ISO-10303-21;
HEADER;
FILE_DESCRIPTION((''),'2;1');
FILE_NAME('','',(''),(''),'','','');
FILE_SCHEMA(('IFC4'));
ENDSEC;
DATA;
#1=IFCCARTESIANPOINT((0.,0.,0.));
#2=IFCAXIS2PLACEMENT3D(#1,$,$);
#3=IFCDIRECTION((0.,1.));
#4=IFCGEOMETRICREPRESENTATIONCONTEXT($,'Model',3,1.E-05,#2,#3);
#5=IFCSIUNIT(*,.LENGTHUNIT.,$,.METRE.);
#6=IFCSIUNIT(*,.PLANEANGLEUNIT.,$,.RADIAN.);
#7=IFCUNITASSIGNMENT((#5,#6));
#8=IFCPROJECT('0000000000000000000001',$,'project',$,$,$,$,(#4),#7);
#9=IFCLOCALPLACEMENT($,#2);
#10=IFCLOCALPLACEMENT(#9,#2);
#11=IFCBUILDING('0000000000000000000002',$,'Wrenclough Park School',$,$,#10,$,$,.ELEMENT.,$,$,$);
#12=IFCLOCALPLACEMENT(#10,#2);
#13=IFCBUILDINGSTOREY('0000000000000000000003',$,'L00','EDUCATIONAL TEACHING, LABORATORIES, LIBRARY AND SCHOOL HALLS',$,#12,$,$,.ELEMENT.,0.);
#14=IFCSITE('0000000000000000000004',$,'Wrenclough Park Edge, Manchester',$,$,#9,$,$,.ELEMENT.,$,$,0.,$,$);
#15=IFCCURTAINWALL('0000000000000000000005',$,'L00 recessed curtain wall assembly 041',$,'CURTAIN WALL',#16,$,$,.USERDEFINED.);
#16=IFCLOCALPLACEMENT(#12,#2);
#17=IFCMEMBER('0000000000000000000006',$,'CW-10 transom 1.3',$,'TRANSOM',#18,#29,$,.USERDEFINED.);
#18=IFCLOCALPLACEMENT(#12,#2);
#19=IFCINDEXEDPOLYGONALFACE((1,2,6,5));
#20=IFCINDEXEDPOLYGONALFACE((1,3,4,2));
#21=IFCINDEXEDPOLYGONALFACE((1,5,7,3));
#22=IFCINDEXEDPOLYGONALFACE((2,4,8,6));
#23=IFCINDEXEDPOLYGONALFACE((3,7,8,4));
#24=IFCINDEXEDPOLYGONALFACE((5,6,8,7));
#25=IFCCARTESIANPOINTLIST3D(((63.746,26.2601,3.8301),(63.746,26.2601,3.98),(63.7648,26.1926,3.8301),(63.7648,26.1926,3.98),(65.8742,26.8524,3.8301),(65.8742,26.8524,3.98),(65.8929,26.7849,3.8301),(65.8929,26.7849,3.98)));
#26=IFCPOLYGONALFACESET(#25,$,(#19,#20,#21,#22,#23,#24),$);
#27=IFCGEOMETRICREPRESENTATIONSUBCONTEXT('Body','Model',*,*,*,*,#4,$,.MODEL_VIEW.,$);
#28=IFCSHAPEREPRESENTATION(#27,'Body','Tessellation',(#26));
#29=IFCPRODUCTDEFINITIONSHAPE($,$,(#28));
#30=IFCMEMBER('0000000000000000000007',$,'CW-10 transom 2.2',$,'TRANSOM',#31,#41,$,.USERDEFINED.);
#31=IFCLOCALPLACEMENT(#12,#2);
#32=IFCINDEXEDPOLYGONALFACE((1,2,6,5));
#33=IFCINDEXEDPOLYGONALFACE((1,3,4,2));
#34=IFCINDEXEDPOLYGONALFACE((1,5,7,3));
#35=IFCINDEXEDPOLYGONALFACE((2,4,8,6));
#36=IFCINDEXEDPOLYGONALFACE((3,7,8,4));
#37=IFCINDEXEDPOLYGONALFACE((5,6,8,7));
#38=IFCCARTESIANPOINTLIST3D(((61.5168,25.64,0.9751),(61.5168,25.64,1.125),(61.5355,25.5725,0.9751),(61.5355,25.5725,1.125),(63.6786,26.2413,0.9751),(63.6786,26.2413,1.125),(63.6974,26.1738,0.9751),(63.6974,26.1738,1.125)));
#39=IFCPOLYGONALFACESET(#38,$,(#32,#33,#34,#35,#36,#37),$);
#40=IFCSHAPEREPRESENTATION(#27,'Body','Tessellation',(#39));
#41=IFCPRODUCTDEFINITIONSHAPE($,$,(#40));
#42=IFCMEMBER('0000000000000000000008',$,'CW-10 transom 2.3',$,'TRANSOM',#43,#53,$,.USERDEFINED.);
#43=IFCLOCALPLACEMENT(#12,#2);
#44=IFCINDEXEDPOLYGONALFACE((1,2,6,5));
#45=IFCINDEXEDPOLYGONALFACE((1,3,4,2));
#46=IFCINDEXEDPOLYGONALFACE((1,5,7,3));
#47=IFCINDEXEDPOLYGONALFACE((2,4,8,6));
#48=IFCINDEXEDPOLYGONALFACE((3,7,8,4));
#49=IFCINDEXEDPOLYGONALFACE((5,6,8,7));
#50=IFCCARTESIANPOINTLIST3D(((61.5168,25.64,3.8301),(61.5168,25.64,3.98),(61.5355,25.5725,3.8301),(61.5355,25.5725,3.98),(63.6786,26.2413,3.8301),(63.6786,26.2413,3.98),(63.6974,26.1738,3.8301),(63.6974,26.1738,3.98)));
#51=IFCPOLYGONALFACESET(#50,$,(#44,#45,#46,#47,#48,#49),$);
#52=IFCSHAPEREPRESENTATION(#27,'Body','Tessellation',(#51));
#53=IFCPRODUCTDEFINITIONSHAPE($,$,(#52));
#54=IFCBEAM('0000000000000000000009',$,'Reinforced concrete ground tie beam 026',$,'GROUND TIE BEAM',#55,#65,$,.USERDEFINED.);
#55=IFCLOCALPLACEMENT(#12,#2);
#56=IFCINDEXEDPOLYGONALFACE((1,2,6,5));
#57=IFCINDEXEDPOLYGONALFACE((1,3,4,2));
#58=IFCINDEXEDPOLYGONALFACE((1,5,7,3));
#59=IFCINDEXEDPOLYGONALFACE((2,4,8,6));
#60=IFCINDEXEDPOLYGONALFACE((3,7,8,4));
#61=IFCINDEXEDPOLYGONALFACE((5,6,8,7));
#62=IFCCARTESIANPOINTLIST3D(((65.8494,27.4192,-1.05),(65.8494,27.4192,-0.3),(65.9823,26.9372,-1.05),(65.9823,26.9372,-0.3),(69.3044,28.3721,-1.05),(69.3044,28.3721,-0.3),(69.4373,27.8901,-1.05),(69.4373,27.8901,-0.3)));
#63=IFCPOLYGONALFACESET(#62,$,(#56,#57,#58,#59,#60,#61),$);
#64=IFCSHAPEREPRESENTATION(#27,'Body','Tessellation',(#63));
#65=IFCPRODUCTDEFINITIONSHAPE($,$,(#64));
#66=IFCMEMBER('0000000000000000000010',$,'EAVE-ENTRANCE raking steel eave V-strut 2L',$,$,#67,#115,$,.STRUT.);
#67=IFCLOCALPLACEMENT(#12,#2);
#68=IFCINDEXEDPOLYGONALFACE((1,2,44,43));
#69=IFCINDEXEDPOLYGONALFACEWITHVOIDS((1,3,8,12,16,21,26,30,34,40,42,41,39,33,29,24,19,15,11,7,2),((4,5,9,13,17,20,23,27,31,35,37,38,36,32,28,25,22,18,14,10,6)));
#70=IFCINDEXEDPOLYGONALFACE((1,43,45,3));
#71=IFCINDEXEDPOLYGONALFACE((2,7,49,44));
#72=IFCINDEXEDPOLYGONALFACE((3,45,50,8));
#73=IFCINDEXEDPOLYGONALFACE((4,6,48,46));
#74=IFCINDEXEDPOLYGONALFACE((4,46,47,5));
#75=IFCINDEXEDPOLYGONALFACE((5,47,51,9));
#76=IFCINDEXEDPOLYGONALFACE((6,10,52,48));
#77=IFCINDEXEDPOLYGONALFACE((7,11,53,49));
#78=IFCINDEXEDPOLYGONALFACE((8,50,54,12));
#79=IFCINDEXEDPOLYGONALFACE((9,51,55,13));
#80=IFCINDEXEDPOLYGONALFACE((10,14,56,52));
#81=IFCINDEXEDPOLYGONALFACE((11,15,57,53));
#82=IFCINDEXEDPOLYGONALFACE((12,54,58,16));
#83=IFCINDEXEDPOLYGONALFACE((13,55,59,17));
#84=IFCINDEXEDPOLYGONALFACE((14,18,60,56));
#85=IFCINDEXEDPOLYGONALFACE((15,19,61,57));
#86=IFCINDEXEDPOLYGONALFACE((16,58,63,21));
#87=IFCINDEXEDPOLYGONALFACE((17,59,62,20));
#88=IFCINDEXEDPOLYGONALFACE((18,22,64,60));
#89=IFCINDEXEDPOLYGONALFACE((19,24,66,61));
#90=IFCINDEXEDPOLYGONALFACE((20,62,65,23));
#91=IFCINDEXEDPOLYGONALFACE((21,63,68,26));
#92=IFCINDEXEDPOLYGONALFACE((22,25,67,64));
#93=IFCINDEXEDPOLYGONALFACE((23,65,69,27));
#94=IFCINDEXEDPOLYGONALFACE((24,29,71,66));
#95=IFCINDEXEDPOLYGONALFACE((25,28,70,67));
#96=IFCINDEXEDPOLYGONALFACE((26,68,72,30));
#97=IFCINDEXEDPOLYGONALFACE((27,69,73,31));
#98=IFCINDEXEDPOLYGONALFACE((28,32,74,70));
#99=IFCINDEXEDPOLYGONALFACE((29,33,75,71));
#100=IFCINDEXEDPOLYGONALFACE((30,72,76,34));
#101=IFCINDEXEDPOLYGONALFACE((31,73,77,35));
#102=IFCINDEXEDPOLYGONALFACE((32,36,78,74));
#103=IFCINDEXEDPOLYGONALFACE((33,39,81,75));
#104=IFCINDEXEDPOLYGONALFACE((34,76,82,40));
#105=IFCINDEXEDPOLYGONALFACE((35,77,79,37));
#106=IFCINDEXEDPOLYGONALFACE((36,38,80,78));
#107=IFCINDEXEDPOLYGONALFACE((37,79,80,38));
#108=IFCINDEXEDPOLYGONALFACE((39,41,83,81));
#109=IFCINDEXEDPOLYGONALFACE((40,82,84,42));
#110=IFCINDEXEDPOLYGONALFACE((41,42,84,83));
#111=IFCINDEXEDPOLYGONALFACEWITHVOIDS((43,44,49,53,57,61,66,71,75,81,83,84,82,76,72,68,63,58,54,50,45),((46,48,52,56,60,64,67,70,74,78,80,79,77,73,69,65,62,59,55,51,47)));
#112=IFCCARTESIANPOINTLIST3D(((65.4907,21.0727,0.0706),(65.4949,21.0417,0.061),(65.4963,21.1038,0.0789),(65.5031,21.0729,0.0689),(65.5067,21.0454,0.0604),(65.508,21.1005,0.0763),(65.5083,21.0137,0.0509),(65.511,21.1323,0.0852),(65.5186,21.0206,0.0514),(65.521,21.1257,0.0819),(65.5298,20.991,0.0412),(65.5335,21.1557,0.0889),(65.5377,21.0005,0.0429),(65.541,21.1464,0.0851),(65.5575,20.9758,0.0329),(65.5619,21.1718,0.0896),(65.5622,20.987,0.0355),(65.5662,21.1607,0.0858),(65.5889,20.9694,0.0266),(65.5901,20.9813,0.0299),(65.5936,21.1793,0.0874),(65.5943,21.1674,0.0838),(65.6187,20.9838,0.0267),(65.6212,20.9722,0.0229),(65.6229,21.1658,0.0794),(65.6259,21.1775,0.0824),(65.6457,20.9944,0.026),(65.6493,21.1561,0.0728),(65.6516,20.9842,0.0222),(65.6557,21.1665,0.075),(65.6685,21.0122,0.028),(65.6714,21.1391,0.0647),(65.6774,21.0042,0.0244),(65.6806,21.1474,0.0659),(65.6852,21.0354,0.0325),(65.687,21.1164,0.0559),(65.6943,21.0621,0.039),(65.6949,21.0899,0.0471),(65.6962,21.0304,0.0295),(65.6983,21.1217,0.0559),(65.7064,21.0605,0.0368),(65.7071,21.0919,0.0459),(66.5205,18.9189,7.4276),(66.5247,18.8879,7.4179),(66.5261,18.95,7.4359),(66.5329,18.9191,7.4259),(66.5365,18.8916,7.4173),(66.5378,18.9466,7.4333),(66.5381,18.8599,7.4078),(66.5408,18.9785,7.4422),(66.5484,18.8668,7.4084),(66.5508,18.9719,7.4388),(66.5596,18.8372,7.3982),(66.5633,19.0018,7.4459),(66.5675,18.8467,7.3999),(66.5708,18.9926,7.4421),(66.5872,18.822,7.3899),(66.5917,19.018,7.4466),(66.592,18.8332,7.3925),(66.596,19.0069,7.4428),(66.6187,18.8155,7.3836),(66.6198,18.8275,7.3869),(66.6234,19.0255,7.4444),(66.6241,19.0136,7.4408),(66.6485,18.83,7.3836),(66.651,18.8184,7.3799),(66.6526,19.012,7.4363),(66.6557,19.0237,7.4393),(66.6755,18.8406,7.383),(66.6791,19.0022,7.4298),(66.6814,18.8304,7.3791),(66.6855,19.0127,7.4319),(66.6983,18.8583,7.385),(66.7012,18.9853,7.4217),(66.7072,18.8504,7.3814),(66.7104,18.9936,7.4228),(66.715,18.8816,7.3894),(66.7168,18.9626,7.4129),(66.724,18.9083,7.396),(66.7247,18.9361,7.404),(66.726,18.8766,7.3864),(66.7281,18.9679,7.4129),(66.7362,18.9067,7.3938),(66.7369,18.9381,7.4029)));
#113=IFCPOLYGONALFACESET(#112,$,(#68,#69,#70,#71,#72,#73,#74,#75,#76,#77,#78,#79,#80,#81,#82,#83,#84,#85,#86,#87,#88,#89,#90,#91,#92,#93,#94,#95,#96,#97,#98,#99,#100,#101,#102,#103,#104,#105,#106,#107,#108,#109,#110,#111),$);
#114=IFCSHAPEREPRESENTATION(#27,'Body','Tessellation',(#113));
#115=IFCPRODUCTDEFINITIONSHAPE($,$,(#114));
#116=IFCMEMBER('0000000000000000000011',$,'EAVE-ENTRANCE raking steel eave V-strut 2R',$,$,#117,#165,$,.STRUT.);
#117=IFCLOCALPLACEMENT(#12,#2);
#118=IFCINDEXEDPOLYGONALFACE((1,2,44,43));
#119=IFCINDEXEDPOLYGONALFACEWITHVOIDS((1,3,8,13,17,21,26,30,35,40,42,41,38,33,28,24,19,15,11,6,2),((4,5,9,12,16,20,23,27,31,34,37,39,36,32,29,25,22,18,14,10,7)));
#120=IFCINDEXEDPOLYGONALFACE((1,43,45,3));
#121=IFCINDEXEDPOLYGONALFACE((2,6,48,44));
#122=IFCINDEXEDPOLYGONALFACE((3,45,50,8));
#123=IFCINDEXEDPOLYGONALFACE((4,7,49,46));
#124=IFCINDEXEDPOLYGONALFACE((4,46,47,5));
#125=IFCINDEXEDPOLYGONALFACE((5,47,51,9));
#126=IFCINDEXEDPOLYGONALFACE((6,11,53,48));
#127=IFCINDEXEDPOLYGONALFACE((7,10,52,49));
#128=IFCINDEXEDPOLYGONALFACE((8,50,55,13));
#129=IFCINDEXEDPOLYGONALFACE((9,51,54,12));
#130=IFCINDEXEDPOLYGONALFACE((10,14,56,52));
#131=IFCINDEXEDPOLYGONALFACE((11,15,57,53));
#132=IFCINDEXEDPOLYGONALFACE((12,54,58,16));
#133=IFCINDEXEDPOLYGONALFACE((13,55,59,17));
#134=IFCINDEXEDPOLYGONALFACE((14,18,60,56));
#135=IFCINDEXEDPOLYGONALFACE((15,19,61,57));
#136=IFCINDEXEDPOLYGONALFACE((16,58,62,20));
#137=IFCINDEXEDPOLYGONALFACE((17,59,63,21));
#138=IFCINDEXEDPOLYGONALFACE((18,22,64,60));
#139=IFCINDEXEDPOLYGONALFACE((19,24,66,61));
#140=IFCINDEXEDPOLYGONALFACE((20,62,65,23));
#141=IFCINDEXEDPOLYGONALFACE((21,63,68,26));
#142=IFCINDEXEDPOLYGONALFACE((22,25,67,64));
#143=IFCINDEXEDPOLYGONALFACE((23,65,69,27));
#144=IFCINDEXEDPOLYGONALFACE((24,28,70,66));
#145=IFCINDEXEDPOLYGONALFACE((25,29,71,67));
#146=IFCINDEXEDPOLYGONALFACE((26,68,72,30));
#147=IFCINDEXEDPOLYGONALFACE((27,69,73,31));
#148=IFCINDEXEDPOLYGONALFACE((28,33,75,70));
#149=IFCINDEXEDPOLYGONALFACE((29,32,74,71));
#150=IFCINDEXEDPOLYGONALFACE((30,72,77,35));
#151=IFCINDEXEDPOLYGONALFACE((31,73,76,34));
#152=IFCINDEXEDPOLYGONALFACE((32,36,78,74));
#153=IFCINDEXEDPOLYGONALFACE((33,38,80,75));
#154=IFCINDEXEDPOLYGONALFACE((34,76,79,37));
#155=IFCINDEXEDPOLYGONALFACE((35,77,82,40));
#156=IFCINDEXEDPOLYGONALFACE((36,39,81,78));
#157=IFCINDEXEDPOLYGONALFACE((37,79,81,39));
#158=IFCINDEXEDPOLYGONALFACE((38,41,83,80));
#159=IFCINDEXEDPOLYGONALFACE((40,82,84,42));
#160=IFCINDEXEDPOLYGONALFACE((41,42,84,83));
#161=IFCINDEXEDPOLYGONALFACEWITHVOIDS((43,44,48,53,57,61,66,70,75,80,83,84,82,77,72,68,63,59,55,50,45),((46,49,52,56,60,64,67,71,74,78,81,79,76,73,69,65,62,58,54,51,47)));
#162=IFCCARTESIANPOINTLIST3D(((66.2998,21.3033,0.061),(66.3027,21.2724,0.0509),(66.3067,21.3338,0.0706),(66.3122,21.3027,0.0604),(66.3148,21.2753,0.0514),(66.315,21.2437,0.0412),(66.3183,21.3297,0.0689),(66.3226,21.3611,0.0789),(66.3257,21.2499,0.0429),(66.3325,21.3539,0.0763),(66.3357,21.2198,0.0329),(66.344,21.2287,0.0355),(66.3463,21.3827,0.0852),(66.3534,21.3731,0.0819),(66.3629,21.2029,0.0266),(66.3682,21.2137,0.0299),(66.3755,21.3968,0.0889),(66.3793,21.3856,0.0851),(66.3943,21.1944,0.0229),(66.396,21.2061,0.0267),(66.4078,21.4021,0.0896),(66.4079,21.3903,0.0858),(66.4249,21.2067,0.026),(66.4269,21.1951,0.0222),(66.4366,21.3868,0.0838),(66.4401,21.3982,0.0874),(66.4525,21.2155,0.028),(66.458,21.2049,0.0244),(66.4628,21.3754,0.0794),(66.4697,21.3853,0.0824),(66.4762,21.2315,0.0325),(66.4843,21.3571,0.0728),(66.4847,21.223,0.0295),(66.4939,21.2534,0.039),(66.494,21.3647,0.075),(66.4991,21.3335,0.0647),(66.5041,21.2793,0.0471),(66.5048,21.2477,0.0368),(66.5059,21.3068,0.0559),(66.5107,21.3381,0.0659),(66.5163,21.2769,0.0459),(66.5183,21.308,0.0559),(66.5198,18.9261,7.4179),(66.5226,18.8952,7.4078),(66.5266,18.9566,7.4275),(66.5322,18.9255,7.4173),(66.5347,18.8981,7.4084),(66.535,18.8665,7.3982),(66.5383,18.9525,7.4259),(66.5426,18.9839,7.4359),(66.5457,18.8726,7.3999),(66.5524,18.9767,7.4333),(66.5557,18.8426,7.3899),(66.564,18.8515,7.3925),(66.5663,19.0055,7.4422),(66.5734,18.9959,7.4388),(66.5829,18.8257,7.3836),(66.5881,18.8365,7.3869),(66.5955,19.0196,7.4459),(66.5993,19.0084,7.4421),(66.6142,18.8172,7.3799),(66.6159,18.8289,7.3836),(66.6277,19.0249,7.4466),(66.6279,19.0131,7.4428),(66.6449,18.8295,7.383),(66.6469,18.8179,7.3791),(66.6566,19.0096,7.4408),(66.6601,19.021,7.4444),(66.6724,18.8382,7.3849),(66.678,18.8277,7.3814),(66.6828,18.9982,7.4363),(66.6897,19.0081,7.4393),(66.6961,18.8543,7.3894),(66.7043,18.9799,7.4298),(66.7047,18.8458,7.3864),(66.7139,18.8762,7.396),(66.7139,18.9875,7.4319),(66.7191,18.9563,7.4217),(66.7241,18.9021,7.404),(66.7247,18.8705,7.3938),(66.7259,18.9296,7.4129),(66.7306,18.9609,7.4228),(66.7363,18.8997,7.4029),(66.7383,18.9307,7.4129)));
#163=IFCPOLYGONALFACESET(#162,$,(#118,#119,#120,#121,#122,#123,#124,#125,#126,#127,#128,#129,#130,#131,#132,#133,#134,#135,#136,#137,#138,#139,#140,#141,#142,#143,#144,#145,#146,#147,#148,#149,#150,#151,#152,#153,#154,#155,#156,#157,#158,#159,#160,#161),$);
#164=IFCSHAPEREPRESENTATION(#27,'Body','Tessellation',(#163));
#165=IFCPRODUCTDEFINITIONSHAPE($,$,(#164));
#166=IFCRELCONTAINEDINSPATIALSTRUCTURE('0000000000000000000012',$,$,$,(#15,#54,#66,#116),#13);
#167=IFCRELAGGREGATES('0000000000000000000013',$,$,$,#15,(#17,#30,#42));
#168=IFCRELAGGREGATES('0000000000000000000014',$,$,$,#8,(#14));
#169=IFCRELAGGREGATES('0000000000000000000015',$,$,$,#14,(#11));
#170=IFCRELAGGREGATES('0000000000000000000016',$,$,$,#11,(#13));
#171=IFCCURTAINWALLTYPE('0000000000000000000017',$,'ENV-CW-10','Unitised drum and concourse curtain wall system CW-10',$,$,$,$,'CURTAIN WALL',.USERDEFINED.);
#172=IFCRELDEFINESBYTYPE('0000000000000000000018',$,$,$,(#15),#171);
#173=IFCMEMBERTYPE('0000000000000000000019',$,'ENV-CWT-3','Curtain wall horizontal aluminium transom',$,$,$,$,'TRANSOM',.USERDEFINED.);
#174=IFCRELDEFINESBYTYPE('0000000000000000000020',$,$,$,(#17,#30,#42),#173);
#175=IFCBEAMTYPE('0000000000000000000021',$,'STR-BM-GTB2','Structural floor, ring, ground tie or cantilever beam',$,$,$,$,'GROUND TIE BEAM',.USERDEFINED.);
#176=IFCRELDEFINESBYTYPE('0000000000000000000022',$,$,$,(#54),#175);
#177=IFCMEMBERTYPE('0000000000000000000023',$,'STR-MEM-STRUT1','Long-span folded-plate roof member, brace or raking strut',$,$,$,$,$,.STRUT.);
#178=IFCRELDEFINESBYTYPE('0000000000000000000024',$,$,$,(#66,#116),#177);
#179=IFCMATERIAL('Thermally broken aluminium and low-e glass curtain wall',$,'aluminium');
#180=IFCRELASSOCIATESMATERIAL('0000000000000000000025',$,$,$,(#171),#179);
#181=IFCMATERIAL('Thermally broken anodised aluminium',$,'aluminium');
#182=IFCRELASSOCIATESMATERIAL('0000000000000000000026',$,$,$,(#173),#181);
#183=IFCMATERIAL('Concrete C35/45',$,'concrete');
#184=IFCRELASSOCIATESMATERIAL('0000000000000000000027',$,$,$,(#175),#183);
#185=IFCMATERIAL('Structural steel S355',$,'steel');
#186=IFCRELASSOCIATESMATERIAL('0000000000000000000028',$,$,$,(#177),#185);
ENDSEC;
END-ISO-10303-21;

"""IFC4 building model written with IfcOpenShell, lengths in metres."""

from ifc_helpers import new_model, si_unit, direction, frame, origin, origin_2d, place, context, subcontext, project, spatial, rectangle, hollow_circle, extrude, material, material_profile, profile_set, type_object, element, aggregate, save


model = new_model("IFC4")

# Units and contexts
model_context = context("Model", 3, precision=1e-05, world=origin(), true_north=direction((0.0, 1.0)))
body_context = subcontext(model_context, "Body", "Model", "MODEL_VIEW")
ifc_project = project(units=[si_unit("LENGTHUNIT", "METRE"), si_unit("PLANEANGLEUNIT", "RADIAN")], contexts=[model_context])

# Site, building, storey
site_placement = place(None, origin())
site = spatial("IfcSite", under=ifc_project, at=site_placement, Name="Wrenclough Park Edge, Manchester", CompositionType="ELEMENT", RefElevation=0.0)
building_placement = place(site_placement, origin())
building = spatial("IfcBuilding", under=site, at=building_placement, Name="Wrenclough Park School", CompositionType="ELEMENT")
storey_placement = place(building_placement, origin())
storey = spatial("IfcBuildingStorey", under=building, at=storey_placement, Name="L00", Description="EDUCATIONAL TEACHING, LABORATORIES, LIBRARY AND SCHOOL HALLS", CompositionType="ELEMENT", Elevation=0.0)

# Shared definitions
ifc_material_1 = material(Name="Concrete C35/45", Category="concrete")

# Shared definitions
ifc_material_2 = material(Name="Structural steel S355", Category="steel")

# Curtain wall, members
ifc_material_3 = material(Name="Thermally broken aluminium and low-e glass curtain wall", Category="aluminium")
curtain_wall_type = type_object("IfcCurtainWallType", Name="ENV-CW-10", Description="Unitised drum and concourse curtain wall system CW-10", ElementType="CURTAIN WALL", PredefinedType="USERDEFINED", material=ifc_material_3)
curtain_wall_placement = place(storey_placement, origin())
curtain_wall = element("IfcCurtainWall", 1, at=curtain_wall_placement, inside=storey, type_object=curtain_wall_type, Name="L00 recessed curtain wall assembly 041", ObjectType="CURTAIN WALL", PredefinedType="USERDEFINED")
ifc_material_4 = material(Name="Thermally broken anodised aluminium", Category="aluminium")
ifc_material_profile_1 = material_profile(ifc_material_4, rectangle(XDim=0.0701, YDim=0.1499, at=origin_2d()), Name="AL TRANSOM 70x150")
ifc_profile_set_1 = profile_set([ifc_material_profile_1], Name="Thermally broken anodised aluminium")
member_type_1 = type_object("IfcMemberType", Name="ENV-CWT-3", Description="Curtain wall horizontal aluminium transom", ElementType="TRANSOM", PredefinedType="USERDEFINED", material=ifc_profile_set_1)
member_1_placement = place(storey_placement, frame((65.8835, 26.8186, 3.905), z_axis=(-0.963386, -0.268117, 0.0), x_axis=(0.268117, -0.963386, 0.0)))
member_1 = element("IfcMember", 2, at=member_1_placement, type_object=member_type_1, Name="CW-10 transom 1.3", ObjectType="TRANSOM", PredefinedType="USERDEFINED", context=body_context, shape_type="SweptSolid", body=[
    extrude(rectangle(XDim=0.0701, YDim=0.1499, at=origin_2d()), origin(), (0.0, 0.0, 1.0), 2.209),
])
member_2_placement = place(storey_placement, frame((63.688, 26.2075, 1.05), z_axis=(-0.963426, -0.267975, 0.0), x_axis=(0.267975, -0.963426, 0.0)))
member_2 = element("IfcMember", 3, at=member_2_placement, type_object=member_type_1, Name="CW-10 transom 2.2", ObjectType="TRANSOM", PredefinedType="USERDEFINED", context=body_context, shape_type="SweptSolid", body=[
    extrude(rectangle(XDim=0.0701, YDim=0.1499, at=origin_2d()), origin(), (0.0, 0.0, 1.0), 2.2439),
])
member_3_placement = place(storey_placement, frame((63.688, 26.2075, 3.905), z_axis=(-0.963426, -0.267975, 0.0), x_axis=(0.267975, -0.963426, 0.0)))
member_3 = element("IfcMember", 4, at=member_3_placement, type_object=member_type_1, Name="CW-10 transom 2.3", ObjectType="TRANSOM", PredefinedType="USERDEFINED", context=body_context, shape_type="SweptSolid", body=[
    extrude(rectangle(XDim=0.0701, YDim=0.1499, at=origin_2d()), origin(), (0.0, 0.0, 1.0), 2.2439),
])

# Beam
ifc_material_profile_2 = material_profile(ifc_material_1, rectangle(XDim=0.5, YDim=0.75, at=origin_2d()), Name="RC GROUND 500x750")
ifc_profile_set_2 = profile_set([ifc_material_profile_2], Name="Concrete C35/45")
beam_type = type_object("IfcBeamType", Name="STR-BM-GTB2", Description="Structural floor, ring, ground tie or cantilever beam", ElementType="GROUND TIE BEAM", PredefinedType="USERDEFINED", material=ifc_profile_set_2)
beam_placement = place(storey_placement, frame((69.3708, 28.1311, -0.675), z_axis=(-0.96401, -0.265866, 0.0), x_axis=(0.265866, -0.96401, 0.0)))
element("IfcBeam", 5, at=beam_placement, inside=storey, type_object=beam_type, Name="Reinforced concrete ground tie beam 026", ObjectType="GROUND TIE BEAM", PredefinedType="USERDEFINED", context=body_context, shape_type="SweptSolid", body=[
    extrude(rectangle(XDim=0.5, YDim=0.75, at=origin_2d()), origin(), (0.0, 0.0, 1.0), 3.584),
])

# Members
ifc_material_profile_3 = material_profile(ifc_material_2, hollow_circle(Radius=0.1096, WallThickness=0.0125, at=origin_2d()), Name="CHS 219.1x12.5")
ifc_profile_set_3 = profile_set([ifc_material_profile_3], Name="Structural steel S355")
member_type_2 = type_object("IfcMemberType", Name="STR-MEM-STRUT1", Description="Long-span folded-plate roof member, brace or raking strut", PredefinedType="STRUT", material=ifc_profile_set_3)
for number, where, z_axis, x_axis, name in (
    (6, (65.5994, 21.0745, 0.0559), (0.13314, -0.278465, 0.951174), (0.902183, 0.431354, 0.0), "EAVE-ENTRANCE raking steel eave V-strut 2L"),
    (7, (66.4092, 21.2979, 0.0559), (0.02844, -0.307346, 0.951173), (0.995746, 0.09214, 0.0), "EAVE-ENTRANCE raking steel eave V-strut 2R"),
):
    element("IfcMember", number, at=place(storey_placement, frame(where, z_axis=z_axis, x_axis=x_axis)), inside=storey, type_object=member_type_2, Name=name, PredefinedType="STRUT", context=body_context, shape_type="SweptSolid", body=[
        extrude(hollow_circle(Radius=0.1096, WallThickness=0.0125, at=origin_2d()), origin(), (0.0, 0.0, 1.0), 7.7346),
    ])

aggregate(curtain_wall, [member_1, member_2, member_3])

save(model, "model.ifc")
